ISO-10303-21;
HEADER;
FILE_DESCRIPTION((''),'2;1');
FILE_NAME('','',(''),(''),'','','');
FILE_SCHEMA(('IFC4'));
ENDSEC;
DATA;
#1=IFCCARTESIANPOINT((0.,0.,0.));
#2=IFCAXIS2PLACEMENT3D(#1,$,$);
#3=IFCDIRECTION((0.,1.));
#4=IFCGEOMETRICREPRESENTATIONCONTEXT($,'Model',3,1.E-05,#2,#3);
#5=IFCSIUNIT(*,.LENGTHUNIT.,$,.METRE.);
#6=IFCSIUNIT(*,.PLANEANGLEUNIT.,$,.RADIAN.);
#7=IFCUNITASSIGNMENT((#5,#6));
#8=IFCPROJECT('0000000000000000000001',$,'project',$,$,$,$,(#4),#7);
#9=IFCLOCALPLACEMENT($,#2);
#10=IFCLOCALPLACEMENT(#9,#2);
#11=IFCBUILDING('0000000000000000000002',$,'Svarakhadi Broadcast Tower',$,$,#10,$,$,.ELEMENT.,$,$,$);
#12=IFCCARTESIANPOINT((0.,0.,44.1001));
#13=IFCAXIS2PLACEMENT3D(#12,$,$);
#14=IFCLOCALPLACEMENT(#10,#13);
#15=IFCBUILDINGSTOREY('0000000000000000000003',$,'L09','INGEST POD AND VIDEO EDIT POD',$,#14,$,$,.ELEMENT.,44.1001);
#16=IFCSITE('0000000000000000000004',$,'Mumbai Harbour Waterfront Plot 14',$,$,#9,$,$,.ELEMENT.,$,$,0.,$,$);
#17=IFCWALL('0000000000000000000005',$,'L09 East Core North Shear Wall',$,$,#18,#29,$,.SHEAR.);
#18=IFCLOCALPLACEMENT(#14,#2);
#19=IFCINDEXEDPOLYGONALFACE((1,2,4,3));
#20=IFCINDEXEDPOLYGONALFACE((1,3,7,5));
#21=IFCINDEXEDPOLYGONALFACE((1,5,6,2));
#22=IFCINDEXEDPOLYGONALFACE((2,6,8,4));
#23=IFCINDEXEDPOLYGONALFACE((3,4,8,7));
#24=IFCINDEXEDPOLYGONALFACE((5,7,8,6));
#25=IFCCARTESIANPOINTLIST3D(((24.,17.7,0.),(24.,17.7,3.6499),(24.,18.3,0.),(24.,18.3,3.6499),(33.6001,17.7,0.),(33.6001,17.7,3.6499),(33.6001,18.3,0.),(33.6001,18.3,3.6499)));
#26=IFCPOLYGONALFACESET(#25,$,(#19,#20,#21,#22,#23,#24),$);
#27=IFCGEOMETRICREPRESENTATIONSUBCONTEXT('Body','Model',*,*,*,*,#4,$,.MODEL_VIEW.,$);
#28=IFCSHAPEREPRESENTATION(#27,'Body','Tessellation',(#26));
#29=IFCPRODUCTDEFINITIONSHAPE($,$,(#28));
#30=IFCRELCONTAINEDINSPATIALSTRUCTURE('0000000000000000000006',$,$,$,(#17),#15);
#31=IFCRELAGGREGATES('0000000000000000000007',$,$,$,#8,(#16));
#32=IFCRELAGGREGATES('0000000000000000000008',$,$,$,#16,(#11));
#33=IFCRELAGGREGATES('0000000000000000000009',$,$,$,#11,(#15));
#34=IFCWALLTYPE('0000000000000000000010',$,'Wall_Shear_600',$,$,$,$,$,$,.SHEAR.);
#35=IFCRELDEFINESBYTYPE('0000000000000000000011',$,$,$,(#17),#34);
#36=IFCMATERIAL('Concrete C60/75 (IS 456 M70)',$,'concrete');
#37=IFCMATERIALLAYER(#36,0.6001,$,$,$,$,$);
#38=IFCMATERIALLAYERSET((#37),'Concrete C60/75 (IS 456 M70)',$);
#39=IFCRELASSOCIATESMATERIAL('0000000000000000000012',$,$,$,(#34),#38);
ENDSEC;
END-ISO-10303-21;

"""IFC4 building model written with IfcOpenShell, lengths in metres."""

from ifc_helpers import new_model, si_unit, direction, frame, frame_2d, origin, place, context, subcontext, project, spatial, rectangle, extrude, material, layer, layer_set, type_object, element, save


model = new_model("IFC4")

# Units and contexts
model_context = context("Model", 3, precision=1e-05, world=origin(), true_north=direction((0.0, 1.0)))
body_context = subcontext(model_context, "Body", "Model", "MODEL_VIEW")
ifc_project = project(units=[si_unit("LENGTHUNIT", "METRE"), si_unit("PLANEANGLEUNIT", "RADIAN")], contexts=[model_context])

# Site, building, storey
site_placement = place(None, origin())
site = spatial("IfcSite", under=ifc_project, at=site_placement, Name="Mumbai Harbour Waterfront Plot 14", CompositionType="ELEMENT", RefElevation=0.0)
building_placement = place(site_placement, origin())
building = spatial("IfcBuilding", under=site, at=building_placement, Name="Svarakhadi Broadcast Tower", CompositionType="ELEMENT")
storey_placement = place(building_placement, frame((0.0, 0.0, 44.1001)))
storey = spatial("IfcBuildingStorey", under=building, at=storey_placement, Name="L09", Description="INGEST POD AND VIDEO EDIT POD", CompositionType="ELEMENT", Elevation=44.1001)

# Shared definitions
ifc_material_1 = material(Name="Concrete C60/75 (IS 456 M70)", Category="concrete")

# Wall
ifc_layer_1 = layer(ifc_material_1, 0.6001)
ifc_layer_set_1 = layer_set([ifc_layer_1], Name="Concrete C60/75 (IS 456 M70)")
wall_type_1 = type_object("IfcWallType", Name="Wall_Shear_600", PredefinedType="SHEAR", material=ifc_layer_set_1)
for number, where, z_axis, x_axis, name in (
    (1, (24.0, 18.0, 0.0), (0.0, 0.0, 1.0), (1.0, 0.0, 0.0), "L09 East Core North Shear Wall"),
):
    element("IfcWall", number, at=place(storey_placement, frame(where, z_axis=z_axis, x_axis=x_axis)), inside=storey, type_object=wall_type_1, Name=name, PredefinedType="SHEAR", context=body_context, shape_type="SweptSolid", body=[
        extrude(rectangle(XDim=9.6001, YDim=0.6001, at=frame_2d((4.8, 0.0))), origin(), (0.0, 0.0, 1.0), 3.6499),
    ])

save(model, "model.ifc")
